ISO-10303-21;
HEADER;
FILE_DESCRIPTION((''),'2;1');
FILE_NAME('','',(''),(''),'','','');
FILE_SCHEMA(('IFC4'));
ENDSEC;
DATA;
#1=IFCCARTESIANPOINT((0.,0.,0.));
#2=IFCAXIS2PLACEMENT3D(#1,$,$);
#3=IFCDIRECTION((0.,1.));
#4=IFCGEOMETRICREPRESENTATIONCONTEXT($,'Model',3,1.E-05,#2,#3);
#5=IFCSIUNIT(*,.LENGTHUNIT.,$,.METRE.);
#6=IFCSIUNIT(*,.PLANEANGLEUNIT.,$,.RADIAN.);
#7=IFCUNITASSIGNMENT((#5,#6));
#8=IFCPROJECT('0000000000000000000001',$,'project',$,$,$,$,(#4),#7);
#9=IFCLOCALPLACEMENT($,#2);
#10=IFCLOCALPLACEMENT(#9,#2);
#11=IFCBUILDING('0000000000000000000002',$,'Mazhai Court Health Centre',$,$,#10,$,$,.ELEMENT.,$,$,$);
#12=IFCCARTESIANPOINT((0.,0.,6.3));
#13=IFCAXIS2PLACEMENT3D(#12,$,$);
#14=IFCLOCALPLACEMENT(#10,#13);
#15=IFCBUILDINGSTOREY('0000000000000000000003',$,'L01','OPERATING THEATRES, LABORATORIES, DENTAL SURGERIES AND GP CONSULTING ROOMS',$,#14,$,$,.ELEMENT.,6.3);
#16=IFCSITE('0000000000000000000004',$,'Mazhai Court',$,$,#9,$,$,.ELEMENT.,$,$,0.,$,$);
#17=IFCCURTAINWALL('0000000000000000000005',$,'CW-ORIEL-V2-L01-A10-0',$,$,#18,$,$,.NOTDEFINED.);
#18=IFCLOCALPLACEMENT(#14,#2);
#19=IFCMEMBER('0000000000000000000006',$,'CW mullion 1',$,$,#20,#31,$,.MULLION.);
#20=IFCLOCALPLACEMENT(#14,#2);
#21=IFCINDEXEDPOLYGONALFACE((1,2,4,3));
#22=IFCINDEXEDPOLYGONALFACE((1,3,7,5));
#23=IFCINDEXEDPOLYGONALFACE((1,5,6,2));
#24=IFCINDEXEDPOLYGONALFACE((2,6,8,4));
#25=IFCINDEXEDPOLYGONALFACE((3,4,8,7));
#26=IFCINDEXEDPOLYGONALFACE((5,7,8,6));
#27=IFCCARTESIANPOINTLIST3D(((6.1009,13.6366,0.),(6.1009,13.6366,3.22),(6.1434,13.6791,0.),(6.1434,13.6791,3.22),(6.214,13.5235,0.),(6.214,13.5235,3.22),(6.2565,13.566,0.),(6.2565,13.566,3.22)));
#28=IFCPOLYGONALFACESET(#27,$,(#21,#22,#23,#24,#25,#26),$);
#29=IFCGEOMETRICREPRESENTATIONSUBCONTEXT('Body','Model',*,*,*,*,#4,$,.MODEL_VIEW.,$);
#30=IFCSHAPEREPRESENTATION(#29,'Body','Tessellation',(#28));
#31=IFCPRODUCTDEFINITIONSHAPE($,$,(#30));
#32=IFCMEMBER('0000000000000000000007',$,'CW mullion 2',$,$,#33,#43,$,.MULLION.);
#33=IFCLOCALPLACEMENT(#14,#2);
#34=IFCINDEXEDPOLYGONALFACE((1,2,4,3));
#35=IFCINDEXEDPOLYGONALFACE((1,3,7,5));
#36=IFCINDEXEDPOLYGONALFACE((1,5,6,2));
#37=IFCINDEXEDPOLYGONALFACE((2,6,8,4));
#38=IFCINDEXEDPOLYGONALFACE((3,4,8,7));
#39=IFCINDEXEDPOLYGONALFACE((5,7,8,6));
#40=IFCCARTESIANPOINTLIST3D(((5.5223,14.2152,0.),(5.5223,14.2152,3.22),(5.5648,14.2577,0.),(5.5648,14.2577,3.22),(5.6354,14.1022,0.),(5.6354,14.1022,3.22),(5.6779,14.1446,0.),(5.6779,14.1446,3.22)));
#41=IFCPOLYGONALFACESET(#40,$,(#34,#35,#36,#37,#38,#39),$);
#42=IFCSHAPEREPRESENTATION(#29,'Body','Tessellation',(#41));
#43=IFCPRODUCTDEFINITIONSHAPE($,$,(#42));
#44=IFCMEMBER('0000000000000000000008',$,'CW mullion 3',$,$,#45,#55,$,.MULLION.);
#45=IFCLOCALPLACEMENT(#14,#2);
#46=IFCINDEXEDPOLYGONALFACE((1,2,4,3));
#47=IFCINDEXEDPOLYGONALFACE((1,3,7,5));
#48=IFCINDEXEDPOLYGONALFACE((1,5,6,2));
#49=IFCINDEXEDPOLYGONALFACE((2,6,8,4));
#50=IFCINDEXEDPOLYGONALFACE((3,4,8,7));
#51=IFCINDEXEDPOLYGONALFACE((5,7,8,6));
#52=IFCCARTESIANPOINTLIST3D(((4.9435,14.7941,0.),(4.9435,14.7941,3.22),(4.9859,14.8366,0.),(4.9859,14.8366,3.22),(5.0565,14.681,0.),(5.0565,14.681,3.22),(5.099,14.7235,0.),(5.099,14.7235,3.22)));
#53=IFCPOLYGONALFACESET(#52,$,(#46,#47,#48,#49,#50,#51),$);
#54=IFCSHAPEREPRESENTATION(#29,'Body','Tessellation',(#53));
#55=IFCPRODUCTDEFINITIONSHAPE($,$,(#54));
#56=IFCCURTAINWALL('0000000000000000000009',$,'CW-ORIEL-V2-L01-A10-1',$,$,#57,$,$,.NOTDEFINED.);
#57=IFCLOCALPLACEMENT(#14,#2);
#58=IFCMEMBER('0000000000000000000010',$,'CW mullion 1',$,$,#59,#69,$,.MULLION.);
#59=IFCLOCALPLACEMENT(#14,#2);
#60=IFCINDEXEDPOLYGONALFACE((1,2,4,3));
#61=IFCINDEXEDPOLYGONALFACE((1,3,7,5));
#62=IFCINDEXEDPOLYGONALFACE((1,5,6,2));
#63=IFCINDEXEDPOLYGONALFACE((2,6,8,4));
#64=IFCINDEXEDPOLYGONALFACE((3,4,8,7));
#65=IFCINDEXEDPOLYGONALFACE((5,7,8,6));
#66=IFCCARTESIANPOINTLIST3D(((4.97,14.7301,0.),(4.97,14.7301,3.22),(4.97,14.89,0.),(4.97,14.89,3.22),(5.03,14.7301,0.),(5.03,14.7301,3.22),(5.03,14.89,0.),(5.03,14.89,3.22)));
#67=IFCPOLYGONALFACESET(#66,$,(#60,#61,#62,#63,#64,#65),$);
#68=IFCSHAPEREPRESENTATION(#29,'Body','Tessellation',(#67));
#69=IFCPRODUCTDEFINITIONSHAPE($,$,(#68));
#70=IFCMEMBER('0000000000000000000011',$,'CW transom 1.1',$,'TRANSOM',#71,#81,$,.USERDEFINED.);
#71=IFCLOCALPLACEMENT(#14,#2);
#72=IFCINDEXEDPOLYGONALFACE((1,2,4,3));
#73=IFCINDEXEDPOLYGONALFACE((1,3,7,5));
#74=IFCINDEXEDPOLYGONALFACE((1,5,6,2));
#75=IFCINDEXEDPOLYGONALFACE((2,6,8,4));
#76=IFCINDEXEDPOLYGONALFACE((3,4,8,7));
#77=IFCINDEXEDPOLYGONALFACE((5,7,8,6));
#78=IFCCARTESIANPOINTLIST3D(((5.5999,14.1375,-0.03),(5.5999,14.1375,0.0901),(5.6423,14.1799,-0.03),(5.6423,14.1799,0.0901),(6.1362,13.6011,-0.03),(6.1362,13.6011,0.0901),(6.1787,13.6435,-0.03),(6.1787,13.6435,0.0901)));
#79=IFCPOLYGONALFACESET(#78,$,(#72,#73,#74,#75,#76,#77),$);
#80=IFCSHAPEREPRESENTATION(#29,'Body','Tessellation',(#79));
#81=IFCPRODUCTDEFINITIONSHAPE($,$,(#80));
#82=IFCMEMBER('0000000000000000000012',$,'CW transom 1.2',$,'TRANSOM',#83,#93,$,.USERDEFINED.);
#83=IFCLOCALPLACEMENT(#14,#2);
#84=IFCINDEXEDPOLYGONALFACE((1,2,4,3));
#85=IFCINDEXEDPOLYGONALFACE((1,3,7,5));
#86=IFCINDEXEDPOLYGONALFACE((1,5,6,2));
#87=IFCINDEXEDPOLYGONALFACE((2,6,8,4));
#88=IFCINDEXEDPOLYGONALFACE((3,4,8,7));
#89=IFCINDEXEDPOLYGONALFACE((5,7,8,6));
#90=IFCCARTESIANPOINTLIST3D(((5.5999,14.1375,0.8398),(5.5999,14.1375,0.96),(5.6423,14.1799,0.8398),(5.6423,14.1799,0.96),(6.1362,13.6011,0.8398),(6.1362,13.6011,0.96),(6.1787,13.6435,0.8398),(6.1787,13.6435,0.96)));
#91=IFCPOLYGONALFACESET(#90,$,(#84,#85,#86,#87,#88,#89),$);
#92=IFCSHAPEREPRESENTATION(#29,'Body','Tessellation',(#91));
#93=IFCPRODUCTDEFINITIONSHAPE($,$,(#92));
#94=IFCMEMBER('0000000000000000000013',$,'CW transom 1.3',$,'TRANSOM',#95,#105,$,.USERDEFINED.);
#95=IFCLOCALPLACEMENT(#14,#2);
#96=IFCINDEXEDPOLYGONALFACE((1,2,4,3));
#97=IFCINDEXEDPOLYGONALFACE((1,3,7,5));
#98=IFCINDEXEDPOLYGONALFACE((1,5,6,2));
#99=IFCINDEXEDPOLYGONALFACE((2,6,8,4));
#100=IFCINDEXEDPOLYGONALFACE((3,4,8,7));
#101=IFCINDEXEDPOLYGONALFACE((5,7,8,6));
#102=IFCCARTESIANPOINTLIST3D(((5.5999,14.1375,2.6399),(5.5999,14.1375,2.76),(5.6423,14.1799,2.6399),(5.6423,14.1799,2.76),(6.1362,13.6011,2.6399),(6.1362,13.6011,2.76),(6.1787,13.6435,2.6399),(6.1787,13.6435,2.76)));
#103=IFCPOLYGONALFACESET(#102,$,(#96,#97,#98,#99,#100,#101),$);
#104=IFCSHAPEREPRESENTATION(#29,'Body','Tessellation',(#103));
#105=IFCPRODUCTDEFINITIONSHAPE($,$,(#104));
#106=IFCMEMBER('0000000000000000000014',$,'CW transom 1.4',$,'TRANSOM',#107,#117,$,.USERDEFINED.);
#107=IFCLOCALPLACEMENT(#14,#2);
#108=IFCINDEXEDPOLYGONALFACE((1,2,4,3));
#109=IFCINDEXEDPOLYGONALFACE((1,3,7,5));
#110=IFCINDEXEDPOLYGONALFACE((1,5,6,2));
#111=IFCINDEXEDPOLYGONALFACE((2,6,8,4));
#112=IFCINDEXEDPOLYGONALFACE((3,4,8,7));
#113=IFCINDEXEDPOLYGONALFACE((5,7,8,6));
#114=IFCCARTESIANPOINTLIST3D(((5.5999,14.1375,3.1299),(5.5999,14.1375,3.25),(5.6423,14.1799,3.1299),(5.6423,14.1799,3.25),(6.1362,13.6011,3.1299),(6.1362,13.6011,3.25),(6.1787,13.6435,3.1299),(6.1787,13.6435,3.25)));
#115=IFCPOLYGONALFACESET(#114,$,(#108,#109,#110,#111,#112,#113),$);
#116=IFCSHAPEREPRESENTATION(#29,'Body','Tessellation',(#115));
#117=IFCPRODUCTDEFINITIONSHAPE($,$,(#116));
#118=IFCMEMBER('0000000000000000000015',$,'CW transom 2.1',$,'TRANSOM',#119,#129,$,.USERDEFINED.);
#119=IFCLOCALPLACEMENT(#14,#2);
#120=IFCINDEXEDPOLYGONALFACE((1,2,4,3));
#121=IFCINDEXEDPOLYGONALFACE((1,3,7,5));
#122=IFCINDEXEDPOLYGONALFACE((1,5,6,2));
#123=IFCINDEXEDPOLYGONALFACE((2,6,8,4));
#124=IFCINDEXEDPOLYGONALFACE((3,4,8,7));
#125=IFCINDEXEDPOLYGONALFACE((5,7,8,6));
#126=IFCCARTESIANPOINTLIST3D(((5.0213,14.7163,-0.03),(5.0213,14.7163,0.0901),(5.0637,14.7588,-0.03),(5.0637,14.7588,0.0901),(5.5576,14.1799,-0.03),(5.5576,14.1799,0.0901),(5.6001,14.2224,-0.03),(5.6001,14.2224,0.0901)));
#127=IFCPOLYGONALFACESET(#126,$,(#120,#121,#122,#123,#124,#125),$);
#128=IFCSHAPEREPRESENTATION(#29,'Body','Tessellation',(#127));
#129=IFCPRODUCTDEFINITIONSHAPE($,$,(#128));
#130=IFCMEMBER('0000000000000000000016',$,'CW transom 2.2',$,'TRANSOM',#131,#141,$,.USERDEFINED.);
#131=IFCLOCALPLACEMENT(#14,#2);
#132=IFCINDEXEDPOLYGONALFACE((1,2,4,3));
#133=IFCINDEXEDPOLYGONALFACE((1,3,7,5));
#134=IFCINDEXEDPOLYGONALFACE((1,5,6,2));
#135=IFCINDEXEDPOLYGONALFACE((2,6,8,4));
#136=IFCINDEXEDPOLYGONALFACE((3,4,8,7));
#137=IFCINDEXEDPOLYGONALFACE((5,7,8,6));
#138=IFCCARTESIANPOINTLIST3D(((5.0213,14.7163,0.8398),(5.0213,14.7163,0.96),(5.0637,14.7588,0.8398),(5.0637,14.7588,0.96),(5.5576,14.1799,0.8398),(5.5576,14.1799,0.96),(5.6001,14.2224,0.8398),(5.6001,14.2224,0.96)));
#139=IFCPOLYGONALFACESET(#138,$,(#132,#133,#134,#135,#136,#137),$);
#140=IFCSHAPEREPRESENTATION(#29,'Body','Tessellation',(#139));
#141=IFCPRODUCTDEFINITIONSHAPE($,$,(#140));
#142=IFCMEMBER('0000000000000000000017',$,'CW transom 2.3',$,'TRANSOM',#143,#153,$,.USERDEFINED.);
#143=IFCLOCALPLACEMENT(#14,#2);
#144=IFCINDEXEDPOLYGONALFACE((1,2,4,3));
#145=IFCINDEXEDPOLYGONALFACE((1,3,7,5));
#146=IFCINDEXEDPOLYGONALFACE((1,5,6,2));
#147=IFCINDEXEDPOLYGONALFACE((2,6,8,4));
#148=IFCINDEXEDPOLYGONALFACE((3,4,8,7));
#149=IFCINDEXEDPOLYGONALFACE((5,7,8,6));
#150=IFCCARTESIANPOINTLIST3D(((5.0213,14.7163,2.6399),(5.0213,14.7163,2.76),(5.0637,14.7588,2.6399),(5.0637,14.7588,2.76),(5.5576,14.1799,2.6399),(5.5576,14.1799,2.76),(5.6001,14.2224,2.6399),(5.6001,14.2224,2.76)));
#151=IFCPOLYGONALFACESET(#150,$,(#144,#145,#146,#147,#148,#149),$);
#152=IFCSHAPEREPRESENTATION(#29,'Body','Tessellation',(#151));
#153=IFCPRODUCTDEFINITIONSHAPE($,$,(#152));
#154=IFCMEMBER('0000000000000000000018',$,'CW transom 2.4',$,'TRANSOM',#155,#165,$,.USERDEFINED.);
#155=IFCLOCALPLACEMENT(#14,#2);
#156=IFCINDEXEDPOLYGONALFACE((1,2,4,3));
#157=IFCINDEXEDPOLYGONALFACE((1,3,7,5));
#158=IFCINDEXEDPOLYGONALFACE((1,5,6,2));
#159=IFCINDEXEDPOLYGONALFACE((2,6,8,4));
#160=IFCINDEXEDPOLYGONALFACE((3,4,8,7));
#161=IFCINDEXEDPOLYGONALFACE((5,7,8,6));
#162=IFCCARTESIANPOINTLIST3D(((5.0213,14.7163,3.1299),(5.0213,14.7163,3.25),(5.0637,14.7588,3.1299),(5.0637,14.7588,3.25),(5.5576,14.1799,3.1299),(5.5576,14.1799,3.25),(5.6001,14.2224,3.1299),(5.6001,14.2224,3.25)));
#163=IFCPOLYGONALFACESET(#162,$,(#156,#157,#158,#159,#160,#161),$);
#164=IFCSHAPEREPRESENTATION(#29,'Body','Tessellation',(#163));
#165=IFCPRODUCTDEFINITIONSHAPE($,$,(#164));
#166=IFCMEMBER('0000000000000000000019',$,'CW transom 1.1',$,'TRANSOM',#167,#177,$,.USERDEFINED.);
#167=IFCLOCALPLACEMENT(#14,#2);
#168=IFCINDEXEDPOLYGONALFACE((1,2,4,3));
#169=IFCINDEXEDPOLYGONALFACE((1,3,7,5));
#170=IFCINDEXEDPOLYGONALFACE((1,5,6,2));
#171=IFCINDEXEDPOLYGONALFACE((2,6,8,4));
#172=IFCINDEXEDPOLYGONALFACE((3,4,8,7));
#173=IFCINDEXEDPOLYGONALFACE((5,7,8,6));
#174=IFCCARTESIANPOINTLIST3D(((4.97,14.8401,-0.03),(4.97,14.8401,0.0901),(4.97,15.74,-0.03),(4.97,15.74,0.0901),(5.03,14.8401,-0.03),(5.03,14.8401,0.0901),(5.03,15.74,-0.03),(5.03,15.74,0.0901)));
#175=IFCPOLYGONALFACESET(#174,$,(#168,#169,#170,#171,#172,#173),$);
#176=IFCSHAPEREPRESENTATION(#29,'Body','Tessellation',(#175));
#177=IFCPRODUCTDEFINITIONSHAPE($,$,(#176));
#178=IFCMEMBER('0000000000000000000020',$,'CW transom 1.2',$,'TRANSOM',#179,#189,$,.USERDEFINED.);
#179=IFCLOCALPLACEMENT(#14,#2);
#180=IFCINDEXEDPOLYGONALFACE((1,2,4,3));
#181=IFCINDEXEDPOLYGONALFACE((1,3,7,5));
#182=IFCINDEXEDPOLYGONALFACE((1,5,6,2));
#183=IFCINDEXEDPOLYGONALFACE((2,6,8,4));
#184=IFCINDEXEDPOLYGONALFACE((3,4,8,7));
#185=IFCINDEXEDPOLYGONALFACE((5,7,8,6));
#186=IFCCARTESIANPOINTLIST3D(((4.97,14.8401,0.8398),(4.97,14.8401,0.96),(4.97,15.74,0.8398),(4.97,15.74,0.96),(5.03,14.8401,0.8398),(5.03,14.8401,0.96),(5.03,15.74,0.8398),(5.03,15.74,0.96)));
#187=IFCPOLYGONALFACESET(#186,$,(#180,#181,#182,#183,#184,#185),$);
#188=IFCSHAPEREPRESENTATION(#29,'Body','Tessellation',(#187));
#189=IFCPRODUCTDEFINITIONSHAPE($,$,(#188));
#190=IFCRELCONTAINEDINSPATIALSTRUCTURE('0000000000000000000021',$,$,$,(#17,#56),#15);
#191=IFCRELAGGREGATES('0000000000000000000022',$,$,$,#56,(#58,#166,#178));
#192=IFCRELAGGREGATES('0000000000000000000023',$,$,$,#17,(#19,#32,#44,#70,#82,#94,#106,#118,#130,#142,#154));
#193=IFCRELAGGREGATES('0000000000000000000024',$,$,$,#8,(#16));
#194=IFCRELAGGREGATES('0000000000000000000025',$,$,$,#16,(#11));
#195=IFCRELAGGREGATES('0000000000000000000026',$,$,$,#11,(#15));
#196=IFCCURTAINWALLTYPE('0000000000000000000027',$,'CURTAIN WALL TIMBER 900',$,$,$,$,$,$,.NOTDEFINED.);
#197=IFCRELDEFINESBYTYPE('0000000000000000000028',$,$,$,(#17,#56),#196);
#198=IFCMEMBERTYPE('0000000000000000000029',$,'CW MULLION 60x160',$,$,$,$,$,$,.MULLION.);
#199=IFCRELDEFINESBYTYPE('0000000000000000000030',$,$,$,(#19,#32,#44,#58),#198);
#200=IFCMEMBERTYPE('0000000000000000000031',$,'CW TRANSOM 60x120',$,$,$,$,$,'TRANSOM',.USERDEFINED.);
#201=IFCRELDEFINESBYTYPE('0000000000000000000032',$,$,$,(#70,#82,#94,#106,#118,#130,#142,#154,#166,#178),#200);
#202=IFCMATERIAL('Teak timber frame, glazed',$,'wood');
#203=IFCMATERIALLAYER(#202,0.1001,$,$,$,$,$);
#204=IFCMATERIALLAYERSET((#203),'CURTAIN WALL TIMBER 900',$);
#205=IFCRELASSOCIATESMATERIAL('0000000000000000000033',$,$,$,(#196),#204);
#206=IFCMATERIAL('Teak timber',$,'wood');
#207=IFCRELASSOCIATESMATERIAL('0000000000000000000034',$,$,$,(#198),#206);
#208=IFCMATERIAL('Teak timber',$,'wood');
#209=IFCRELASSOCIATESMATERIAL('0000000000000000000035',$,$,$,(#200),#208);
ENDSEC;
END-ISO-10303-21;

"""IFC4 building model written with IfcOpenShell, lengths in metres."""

from ifc_helpers import new_model, si_unit, direction, frame, origin, origin_2d, place, context, subcontext, project, spatial, rectangle, extrude, material, layer, layer_set, material_profile, profile_set, type_object, element, aggregate, save


model = new_model("IFC4")

# Units and contexts
model_context = context("Model", 3, precision=1e-05, world=origin(), true_north=direction((0.0, 1.0)))
body_context = subcontext(model_context, "Body", "Model", "MODEL_VIEW")
ifc_project = project(units=[si_unit("LENGTHUNIT", "METRE"), si_unit("PLANEANGLEUNIT", "RADIAN")], contexts=[model_context])

# Site, building, storey
site_placement = place(None, origin())
site = spatial("IfcSite", under=ifc_project, at=site_placement, Name="Mazhai Court", CompositionType="ELEMENT", RefElevation=0.0)
building_placement = place(site_placement, origin())
building = spatial("IfcBuilding", under=site, at=building_placement, Name="Mazhai Court Health Centre", CompositionType="ELEMENT")
storey_placement = place(building_placement, frame((0.0, 0.0, 6.3)))
storey = spatial("IfcBuildingStorey", under=building, at=storey_placement, Name="L01", Description="OPERATING THEATRES, LABORATORIES, DENTAL SURGERIES AND GP CONSULTING ROOMS", CompositionType="ELEMENT", Elevation=6.3)

# Curtain wall, members
ifc_material_1 = material(Name="Teak timber frame, glazed", Category="wood")
ifc_layer_1 = layer(ifc_material_1, 0.1001)
ifc_layer_set_1 = layer_set([ifc_layer_1], Name="CURTAIN WALL TIMBER 900")
curtain_wall_type = type_object("IfcCurtainWallType", Name="CURTAIN WALL TIMBER 900", PredefinedType="NOTDEFINED", material=ifc_layer_set_1)
curtain_wall_1_placement = place(storey_placement, origin())
curtain_wall_1 = element("IfcCurtainWall", 1, at=curtain_wall_1_placement, inside=storey, type_object=curtain_wall_type, Name="CW-ORIEL-V2-L01-A10-0", PredefinedType="NOTDEFINED")
ifc_material_2 = material(Name="Teak timber", Category="wood")
ifc_material_profile_1 = material_profile(ifc_material_2, rectangle(XDim=0.0601, YDim=0.1599, at=origin_2d()), Name="CW MULLION 60x160")
ifc_profile_set_1 = profile_set([ifc_material_profile_1], Name="Teak timber")
member_type_1 = type_object("IfcMemberType", Name="CW MULLION 60x160", PredefinedType="MULLION", material=ifc_profile_set_1)
member_1_placement = place(storey_placement, frame((6.1787, 13.6013, 0.0), z_axis=(0.0, 0.0, 1.0), x_axis=(-0.707107, -0.707107, 0.0)))
member_1 = element("IfcMember", 2, at=member_1_placement, type_object=member_type_1, Name="CW mullion 1", PredefinedType="MULLION", context=body_context, shape_type="SweptSolid", body=[
    extrude(rectangle(XDim=0.0601, YDim=0.1599, at=origin_2d()), origin(), (0.0, 0.0, 1.0), 3.22),
])
member_2_placement = place(storey_placement, frame((5.6001, 14.1799, 0.0), z_axis=(0.0, 0.0, 1.0), x_axis=(-0.707107, -0.707107, 0.0)))
member_2 = element("IfcMember", 3, at=member_2_placement, type_object=member_type_1, Name="CW mullion 2", PredefinedType="MULLION", context=body_context, shape_type="SweptSolid", body=[
    extrude(rectangle(XDim=0.0601, YDim=0.1599, at=origin_2d()), origin(), (0.0, 0.0, 1.0), 3.22),
])
member_3_placement = place(storey_placement, frame((5.0212, 14.7588, 0.0), z_axis=(0.0, 0.0, 1.0), x_axis=(-0.707107, -0.707107, 0.0)))
member_3 = element("IfcMember", 4, at=member_3_placement, type_object=member_type_1, Name="CW mullion 3", PredefinedType="MULLION", context=body_context, shape_type="SweptSolid", body=[
    extrude(rectangle(XDim=0.0601, YDim=0.1599, at=origin_2d()), origin(), (0.0, 0.0, 1.0), 3.22),
])

# Curtain wall, member
curtain_wall_2_placement = place(storey_placement, origin())
curtain_wall_2 = element("IfcCurtainWall", 5, at=curtain_wall_2_placement, inside=storey, type_object=curtain_wall_type, Name="CW-ORIEL-V2-L01-A10-1", PredefinedType="NOTDEFINED")
member_4_placement = place(storey_placement, frame((5.0, 14.8101, 0.0), z_axis=(0.0, 0.0, 1.0), x_axis=(-1.0, 0.0, 0.0)))
member_4 = element("IfcMember", 6, at=member_4_placement, type_object=member_type_1, Name="CW mullion 1", PredefinedType="MULLION", context=body_context, shape_type="SweptSolid", body=[
    extrude(rectangle(XDim=0.0601, YDim=0.1599, at=origin_2d()), origin(), (0.0, 0.0, 1.0), 3.22),
])

# Members
ifc_material_3 = material(Name="Teak timber", Category="wood")
ifc_material_profile_2 = material_profile(ifc_material_3, rectangle(XDim=0.0601, YDim=0.1201, at=origin_2d()), Name="CW TRANSOM 60x120")
ifc_profile_set_2 = profile_set([ifc_material_profile_2], Name="Teak timber")
member_type_2 = type_object("IfcMemberType", Name="CW TRANSOM 60x120", ElementType="TRANSOM", PredefinedType="USERDEFINED", material=ifc_profile_set_2)
member_5_placement = place(storey_placement, frame((6.1575, 13.6223, 0.03), z_axis=(-0.707107, 0.707107, 0.0), x_axis=(-0.707107, -0.707107, 0.0)))
member_5 = element("IfcMember", 7, at=member_5_placement, type_object=member_type_2, Name="CW transom 1.1", ObjectType="TRANSOM", PredefinedType="USERDEFINED", context=body_context, shape_type="SweptSolid", body=[
    extrude(rectangle(XDim=0.0601, YDim=0.1201, at=origin_2d()), origin(), (0.0, 0.0, 1.0), 0.7585),
])
member_6_placement = place(storey_placement, frame((6.1575, 13.6223, 0.8999), z_axis=(-0.707107, 0.707107, 0.0), x_axis=(-0.707107, -0.707107, 0.0)))
member_6 = element("IfcMember", 8, at=member_6_placement, type_object=member_type_2, Name="CW transom 1.2", ObjectType="TRANSOM", PredefinedType="USERDEFINED", context=body_context, shape_type="SweptSolid", body=[
    extrude(rectangle(XDim=0.0601, YDim=0.1201, at=origin_2d()), origin(), (0.0, 0.0, 1.0), 0.7585),
])
member_7_placement = place(storey_placement, frame((6.1575, 13.6223, 2.7), z_axis=(-0.707107, 0.707107, 0.0), x_axis=(-0.707107, -0.707107, 0.0)))
member_7 = element("IfcMember", 9, at=member_7_placement, type_object=member_type_2, Name="CW transom 1.3", ObjectType="TRANSOM", PredefinedType="USERDEFINED", context=body_context, shape_type="SweptSolid", body=[
    extrude(rectangle(XDim=0.0601, YDim=0.1201, at=origin_2d()), origin(), (0.0, 0.0, 1.0), 0.7585),
])
member_8_placement = place(storey_placement, frame((6.1575, 13.6223, 3.1899), z_axis=(-0.707107, 0.707107, 0.0), x_axis=(-0.707107, -0.707107, 0.0)))
member_8 = element("IfcMember", 10, at=member_8_placement, type_object=member_type_2, Name="CW transom 1.4", ObjectType="TRANSOM", PredefinedType="USERDEFINED", context=body_context, shape_type="SweptSolid", body=[
    extrude(rectangle(XDim=0.0601, YDim=0.1201, at=origin_2d()), origin(), (0.0, 0.0, 1.0), 0.7585),
])
member_9_placement = place(storey_placement, frame((5.5789, 14.2012, 0.03), z_axis=(-0.707107, 0.707107, 0.0), x_axis=(-0.707107, -0.707107, 0.0)))
member_9 = element("IfcMember", 11, at=member_9_placement, type_object=member_type_2, Name="CW transom 2.1", ObjectType="TRANSOM", PredefinedType="USERDEFINED", context=body_context, shape_type="SweptSolid", body=[
    extrude(rectangle(XDim=0.0601, YDim=0.1201, at=origin_2d()), origin(), (0.0, 0.0, 1.0), 0.7585),
])
member_10_placement = place(storey_placement, frame((5.5789, 14.2012, 0.8999), z_axis=(-0.707107, 0.707107, 0.0), x_axis=(-0.707107, -0.707107, 0.0)))
member_10 = element("IfcMember", 12, at=member_10_placement, type_object=member_type_2, Name="CW transom 2.2", ObjectType="TRANSOM", PredefinedType="USERDEFINED", context=body_context, shape_type="SweptSolid", body=[
    extrude(rectangle(XDim=0.0601, YDim=0.1201, at=origin_2d()), origin(), (0.0, 0.0, 1.0), 0.7585),
])
member_11_placement = place(storey_placement, frame((5.5789, 14.2012, 2.7), z_axis=(-0.707107, 0.707107, 0.0), x_axis=(-0.707107, -0.707107, 0.0)))
member_11 = element("IfcMember", 13, at=member_11_placement, type_object=member_type_2, Name="CW transom 2.3", ObjectType="TRANSOM", PredefinedType="USERDEFINED", context=body_context, shape_type="SweptSolid", body=[
    extrude(rectangle(XDim=0.0601, YDim=0.1201, at=origin_2d()), origin(), (0.0, 0.0, 1.0), 0.7585),
])
member_12_placement = place(storey_placement, frame((5.5789, 14.2012, 3.1899), z_axis=(-0.707107, 0.707107, 0.0), x_axis=(-0.707107, -0.707107, 0.0)))
member_12 = element("IfcMember", 14, at=member_12_placement, type_object=member_type_2, Name="CW transom 2.4", ObjectType="TRANSOM", PredefinedType="USERDEFINED", context=body_context, shape_type="SweptSolid", body=[
    extrude(rectangle(XDim=0.0601, YDim=0.1201, at=origin_2d()), origin(), (0.0, 0.0, 1.0), 0.7585),
])
member_13_placement = place(storey_placement, frame((5.0, 14.8401, 0.03), z_axis=(0.0, 1.0, 0.0), x_axis=(-1.0, 0.0, 0.0)))
member_13 = element("IfcMember", 15, at=member_13_placement, type_object=member_type_2, Name="CW transom 1.1", ObjectType="TRANSOM", PredefinedType="USERDEFINED", context=body_context, shape_type="SweptSolid", body=[
    extrude(rectangle(XDim=0.0601, YDim=0.1201, at=origin_2d()), origin(), (0.0, 0.0, 1.0), 0.8999),
])
member_14_placement = place(storey_placement, frame((5.0, 14.8401, 0.8999), z_axis=(0.0, 1.0, 0.0), x_axis=(-1.0, 0.0, 0.0)))
member_14 = element("IfcMember", 16, at=member_14_placement, type_object=member_type_2, Name="CW transom 1.2", ObjectType="TRANSOM", PredefinedType="USERDEFINED", context=body_context, shape_type="SweptSolid", body=[
    extrude(rectangle(XDim=0.0601, YDim=0.1201, at=origin_2d()), origin(), (0.0, 0.0, 1.0), 0.8999),
])
aggregate(curtain_wall_2, [member_4, member_13, member_14])

aggregate(curtain_wall_1, [member_1, member_2, member_3, member_5, member_6, member_7, member_8, member_9, member_10, member_11, member_12])

save(model, "model.ifc")
